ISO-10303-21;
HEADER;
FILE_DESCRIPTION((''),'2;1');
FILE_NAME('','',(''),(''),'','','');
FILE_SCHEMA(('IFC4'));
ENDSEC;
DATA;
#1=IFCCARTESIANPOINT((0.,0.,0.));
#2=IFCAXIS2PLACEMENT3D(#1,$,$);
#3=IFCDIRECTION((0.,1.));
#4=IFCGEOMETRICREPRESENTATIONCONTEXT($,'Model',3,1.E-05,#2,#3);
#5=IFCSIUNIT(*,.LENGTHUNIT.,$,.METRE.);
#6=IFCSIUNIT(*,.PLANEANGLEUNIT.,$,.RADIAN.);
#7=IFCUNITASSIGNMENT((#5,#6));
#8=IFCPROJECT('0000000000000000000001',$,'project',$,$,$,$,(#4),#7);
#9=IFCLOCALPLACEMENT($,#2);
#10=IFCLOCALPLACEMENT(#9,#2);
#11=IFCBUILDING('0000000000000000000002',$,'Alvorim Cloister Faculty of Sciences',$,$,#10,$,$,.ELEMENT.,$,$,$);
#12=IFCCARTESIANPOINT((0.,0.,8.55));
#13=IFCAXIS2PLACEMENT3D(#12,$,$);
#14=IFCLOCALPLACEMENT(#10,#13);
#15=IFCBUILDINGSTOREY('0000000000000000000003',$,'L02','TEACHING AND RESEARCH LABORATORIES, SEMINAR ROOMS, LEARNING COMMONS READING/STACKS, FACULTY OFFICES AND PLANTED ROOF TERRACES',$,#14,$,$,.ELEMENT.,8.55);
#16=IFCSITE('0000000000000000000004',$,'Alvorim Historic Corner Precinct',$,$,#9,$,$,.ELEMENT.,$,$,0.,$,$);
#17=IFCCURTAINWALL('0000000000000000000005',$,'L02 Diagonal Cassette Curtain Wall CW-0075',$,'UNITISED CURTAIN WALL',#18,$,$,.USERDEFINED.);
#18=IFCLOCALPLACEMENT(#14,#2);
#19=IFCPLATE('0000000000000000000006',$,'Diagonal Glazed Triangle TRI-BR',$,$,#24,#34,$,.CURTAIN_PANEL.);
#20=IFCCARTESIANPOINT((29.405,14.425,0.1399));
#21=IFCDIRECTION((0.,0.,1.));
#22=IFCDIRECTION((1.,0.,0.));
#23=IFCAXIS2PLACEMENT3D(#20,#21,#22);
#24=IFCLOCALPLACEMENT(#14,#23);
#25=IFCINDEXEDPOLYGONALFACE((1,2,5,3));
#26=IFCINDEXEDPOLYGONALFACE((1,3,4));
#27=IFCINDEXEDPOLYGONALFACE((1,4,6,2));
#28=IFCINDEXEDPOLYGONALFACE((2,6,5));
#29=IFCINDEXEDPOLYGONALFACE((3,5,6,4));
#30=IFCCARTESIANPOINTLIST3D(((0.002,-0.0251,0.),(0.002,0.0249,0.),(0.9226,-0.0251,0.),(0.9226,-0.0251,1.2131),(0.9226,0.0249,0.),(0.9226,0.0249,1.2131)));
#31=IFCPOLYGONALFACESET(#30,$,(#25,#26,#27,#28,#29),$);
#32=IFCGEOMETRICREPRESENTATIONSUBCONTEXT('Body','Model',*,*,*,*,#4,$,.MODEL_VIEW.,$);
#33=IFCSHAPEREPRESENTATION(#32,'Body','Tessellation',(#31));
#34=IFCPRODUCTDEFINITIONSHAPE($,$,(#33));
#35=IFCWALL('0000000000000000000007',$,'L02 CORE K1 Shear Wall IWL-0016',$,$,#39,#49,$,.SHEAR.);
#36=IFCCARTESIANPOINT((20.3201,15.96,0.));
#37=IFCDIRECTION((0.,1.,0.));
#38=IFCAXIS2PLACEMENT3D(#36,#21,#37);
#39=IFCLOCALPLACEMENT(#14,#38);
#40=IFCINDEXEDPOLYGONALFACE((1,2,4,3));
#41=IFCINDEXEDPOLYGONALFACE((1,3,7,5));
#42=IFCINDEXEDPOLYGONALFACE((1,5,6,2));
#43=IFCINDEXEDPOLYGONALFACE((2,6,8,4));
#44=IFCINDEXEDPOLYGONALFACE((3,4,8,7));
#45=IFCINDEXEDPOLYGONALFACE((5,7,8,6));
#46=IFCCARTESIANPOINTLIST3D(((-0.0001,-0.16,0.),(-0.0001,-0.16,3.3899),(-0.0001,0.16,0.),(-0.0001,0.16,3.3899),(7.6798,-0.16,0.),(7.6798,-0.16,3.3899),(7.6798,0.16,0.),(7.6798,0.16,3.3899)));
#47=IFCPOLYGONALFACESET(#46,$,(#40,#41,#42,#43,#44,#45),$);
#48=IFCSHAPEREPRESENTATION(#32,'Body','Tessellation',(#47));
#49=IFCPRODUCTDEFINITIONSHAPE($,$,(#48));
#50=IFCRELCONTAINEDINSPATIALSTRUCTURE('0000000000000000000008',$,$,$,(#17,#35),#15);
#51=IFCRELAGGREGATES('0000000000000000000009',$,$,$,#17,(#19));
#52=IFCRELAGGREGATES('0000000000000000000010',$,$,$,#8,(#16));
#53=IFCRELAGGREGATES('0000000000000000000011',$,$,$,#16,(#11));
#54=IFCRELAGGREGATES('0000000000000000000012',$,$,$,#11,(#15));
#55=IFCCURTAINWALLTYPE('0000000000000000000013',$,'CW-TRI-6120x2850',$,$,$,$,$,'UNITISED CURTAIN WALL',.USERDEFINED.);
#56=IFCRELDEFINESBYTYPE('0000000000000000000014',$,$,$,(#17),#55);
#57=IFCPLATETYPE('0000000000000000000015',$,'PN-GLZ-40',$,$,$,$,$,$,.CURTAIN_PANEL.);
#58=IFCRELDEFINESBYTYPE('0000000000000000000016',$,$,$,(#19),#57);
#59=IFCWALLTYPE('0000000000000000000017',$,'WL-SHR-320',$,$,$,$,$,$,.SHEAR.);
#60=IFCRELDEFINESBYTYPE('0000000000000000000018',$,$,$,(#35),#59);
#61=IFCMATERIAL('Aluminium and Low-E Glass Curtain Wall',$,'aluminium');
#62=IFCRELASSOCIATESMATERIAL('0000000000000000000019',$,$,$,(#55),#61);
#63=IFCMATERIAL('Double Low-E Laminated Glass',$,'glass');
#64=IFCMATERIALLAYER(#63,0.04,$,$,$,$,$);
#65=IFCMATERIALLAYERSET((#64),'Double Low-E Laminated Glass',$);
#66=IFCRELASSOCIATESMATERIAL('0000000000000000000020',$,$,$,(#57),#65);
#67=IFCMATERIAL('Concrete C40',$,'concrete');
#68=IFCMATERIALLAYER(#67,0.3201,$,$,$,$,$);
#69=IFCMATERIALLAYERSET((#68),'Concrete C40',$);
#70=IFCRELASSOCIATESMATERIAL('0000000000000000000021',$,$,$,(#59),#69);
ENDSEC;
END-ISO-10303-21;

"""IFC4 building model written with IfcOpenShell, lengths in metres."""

from ifc_helpers import new_model, si_unit, direction, frame, frame_2d, origin, place, context, subcontext, project, spatial, polyline, rectangle, outline, extrude, material, layer, layer_set, type_object, element, aggregate, save


model = new_model("IFC4")

# Units and contexts
model_context = context("Model", 3, precision=1e-05, world=origin(), true_north=direction((0.0, 1.0)))
body_context = subcontext(model_context, "Body", "Model", "MODEL_VIEW")
ifc_project = project(units=[si_unit("LENGTHUNIT", "METRE"), si_unit("PLANEANGLEUNIT", "RADIAN")], contexts=[model_context])

# Site, building, storey
site_placement = place(None, origin())
site = spatial("IfcSite", under=ifc_project, at=site_placement, Name="Alvorim Historic Corner Precinct", CompositionType="ELEMENT", RefElevation=0.0)
building_placement = place(site_placement, origin())
building = spatial("IfcBuilding", under=site, at=building_placement, Name="Alvorim Cloister Faculty of Sciences", CompositionType="ELEMENT")
storey_placement = place(building_placement, frame((0.0, 0.0, 8.55)))
storey = spatial("IfcBuildingStorey", under=building, at=storey_placement, Name="L02", Description="TEACHING AND RESEARCH LABORATORIES, SEMINAR ROOMS, LEARNING COMMONS READING/STACKS, FACULTY OFFICES AND PLANTED ROOF TERRACES", CompositionType="ELEMENT", Elevation=8.55)

# Curtain wall, plate
ifc_material_1 = material(Name="Aluminium and Low-E Glass Curtain Wall", Category="aluminium")
curtain_wall_type = type_object("IfcCurtainWallType", Name="CW-TRI-6120x2850", ElementType="UNITISED CURTAIN WALL", PredefinedType="USERDEFINED", material=ifc_material_1)
curtain_wall_placement = place(storey_placement, origin())
curtain_wall = element("IfcCurtainWall", 1, at=curtain_wall_placement, inside=storey, type_object=curtain_wall_type, Name="L02 Diagonal Cassette Curtain Wall CW-0075", ObjectType="UNITISED CURTAIN WALL", PredefinedType="USERDEFINED")
ifc_material_2 = material(Name="Double Low-E Laminated Glass", Category="glass")
ifc_layer_1 = layer(ifc_material_2, 0.04)
ifc_layer_set_1 = layer_set([ifc_layer_1], Name="Double Low-E Laminated Glass")
plate_type = type_object("IfcPlateType", Name="PN-GLZ-40", PredefinedType="CURTAIN_PANEL", material=ifc_layer_set_1)
plate_1_placement = place(storey_placement, frame((29.405, 14.425, 0.1399), z_axis=(0.0, 0.0, 1.0), x_axis=(1.0, 0.0, 0.0)))
plate_1 = element("IfcPlate", 2, at=plate_1_placement, type_object=plate_type, Name="Diagonal Glazed Triangle TRI-BR", PredefinedType="CURTAIN_PANEL", context=body_context, shape_type="SweptSolid", body=[
    extrude(outline(polyline([(0.002, 0.0), (0.9226, 0.0), (0.9226, 1.2131), (0.002, 0.0)])), frame((0.0, 0.0249, 0.0), z_axis=(0.0, -1.0, 0.0), x_axis=(1.0, 0.0, 0.0)), (0.0, 0.0, 1.0), 0.05),
])
aggregate(curtain_wall, [plate_1])

# Wall
ifc_material_3 = material(Name="Concrete C40", Category="concrete")
ifc_layer_2 = layer(ifc_material_3, 0.3201)
ifc_layer_set_2 = layer_set([ifc_layer_2], Name="Concrete C40")
wall_type_1 = type_object("IfcWallType", Name="WL-SHR-320", PredefinedType="SHEAR", material=ifc_layer_set_2)
wall_1_placement = place(storey_placement, frame((20.3201, 15.96, 0.0), z_axis=(0.0, 0.0, 1.0), x_axis=(0.0, 1.0, 0.0)))
element("IfcWall", 3, at=wall_1_placement, inside=storey, type_object=wall_type_1, Name="L02 CORE K1 Shear Wall IWL-0016", PredefinedType="SHEAR", context=body_context, shape_type="SweptSolid", body=[
    extrude(rectangle(XDim=7.6799, YDim=0.3201, at=frame_2d((3.8398, 0.0))), origin(), (0.0, 0.0, 1.0), 3.3899),
])

save(model, "model.ifc")
